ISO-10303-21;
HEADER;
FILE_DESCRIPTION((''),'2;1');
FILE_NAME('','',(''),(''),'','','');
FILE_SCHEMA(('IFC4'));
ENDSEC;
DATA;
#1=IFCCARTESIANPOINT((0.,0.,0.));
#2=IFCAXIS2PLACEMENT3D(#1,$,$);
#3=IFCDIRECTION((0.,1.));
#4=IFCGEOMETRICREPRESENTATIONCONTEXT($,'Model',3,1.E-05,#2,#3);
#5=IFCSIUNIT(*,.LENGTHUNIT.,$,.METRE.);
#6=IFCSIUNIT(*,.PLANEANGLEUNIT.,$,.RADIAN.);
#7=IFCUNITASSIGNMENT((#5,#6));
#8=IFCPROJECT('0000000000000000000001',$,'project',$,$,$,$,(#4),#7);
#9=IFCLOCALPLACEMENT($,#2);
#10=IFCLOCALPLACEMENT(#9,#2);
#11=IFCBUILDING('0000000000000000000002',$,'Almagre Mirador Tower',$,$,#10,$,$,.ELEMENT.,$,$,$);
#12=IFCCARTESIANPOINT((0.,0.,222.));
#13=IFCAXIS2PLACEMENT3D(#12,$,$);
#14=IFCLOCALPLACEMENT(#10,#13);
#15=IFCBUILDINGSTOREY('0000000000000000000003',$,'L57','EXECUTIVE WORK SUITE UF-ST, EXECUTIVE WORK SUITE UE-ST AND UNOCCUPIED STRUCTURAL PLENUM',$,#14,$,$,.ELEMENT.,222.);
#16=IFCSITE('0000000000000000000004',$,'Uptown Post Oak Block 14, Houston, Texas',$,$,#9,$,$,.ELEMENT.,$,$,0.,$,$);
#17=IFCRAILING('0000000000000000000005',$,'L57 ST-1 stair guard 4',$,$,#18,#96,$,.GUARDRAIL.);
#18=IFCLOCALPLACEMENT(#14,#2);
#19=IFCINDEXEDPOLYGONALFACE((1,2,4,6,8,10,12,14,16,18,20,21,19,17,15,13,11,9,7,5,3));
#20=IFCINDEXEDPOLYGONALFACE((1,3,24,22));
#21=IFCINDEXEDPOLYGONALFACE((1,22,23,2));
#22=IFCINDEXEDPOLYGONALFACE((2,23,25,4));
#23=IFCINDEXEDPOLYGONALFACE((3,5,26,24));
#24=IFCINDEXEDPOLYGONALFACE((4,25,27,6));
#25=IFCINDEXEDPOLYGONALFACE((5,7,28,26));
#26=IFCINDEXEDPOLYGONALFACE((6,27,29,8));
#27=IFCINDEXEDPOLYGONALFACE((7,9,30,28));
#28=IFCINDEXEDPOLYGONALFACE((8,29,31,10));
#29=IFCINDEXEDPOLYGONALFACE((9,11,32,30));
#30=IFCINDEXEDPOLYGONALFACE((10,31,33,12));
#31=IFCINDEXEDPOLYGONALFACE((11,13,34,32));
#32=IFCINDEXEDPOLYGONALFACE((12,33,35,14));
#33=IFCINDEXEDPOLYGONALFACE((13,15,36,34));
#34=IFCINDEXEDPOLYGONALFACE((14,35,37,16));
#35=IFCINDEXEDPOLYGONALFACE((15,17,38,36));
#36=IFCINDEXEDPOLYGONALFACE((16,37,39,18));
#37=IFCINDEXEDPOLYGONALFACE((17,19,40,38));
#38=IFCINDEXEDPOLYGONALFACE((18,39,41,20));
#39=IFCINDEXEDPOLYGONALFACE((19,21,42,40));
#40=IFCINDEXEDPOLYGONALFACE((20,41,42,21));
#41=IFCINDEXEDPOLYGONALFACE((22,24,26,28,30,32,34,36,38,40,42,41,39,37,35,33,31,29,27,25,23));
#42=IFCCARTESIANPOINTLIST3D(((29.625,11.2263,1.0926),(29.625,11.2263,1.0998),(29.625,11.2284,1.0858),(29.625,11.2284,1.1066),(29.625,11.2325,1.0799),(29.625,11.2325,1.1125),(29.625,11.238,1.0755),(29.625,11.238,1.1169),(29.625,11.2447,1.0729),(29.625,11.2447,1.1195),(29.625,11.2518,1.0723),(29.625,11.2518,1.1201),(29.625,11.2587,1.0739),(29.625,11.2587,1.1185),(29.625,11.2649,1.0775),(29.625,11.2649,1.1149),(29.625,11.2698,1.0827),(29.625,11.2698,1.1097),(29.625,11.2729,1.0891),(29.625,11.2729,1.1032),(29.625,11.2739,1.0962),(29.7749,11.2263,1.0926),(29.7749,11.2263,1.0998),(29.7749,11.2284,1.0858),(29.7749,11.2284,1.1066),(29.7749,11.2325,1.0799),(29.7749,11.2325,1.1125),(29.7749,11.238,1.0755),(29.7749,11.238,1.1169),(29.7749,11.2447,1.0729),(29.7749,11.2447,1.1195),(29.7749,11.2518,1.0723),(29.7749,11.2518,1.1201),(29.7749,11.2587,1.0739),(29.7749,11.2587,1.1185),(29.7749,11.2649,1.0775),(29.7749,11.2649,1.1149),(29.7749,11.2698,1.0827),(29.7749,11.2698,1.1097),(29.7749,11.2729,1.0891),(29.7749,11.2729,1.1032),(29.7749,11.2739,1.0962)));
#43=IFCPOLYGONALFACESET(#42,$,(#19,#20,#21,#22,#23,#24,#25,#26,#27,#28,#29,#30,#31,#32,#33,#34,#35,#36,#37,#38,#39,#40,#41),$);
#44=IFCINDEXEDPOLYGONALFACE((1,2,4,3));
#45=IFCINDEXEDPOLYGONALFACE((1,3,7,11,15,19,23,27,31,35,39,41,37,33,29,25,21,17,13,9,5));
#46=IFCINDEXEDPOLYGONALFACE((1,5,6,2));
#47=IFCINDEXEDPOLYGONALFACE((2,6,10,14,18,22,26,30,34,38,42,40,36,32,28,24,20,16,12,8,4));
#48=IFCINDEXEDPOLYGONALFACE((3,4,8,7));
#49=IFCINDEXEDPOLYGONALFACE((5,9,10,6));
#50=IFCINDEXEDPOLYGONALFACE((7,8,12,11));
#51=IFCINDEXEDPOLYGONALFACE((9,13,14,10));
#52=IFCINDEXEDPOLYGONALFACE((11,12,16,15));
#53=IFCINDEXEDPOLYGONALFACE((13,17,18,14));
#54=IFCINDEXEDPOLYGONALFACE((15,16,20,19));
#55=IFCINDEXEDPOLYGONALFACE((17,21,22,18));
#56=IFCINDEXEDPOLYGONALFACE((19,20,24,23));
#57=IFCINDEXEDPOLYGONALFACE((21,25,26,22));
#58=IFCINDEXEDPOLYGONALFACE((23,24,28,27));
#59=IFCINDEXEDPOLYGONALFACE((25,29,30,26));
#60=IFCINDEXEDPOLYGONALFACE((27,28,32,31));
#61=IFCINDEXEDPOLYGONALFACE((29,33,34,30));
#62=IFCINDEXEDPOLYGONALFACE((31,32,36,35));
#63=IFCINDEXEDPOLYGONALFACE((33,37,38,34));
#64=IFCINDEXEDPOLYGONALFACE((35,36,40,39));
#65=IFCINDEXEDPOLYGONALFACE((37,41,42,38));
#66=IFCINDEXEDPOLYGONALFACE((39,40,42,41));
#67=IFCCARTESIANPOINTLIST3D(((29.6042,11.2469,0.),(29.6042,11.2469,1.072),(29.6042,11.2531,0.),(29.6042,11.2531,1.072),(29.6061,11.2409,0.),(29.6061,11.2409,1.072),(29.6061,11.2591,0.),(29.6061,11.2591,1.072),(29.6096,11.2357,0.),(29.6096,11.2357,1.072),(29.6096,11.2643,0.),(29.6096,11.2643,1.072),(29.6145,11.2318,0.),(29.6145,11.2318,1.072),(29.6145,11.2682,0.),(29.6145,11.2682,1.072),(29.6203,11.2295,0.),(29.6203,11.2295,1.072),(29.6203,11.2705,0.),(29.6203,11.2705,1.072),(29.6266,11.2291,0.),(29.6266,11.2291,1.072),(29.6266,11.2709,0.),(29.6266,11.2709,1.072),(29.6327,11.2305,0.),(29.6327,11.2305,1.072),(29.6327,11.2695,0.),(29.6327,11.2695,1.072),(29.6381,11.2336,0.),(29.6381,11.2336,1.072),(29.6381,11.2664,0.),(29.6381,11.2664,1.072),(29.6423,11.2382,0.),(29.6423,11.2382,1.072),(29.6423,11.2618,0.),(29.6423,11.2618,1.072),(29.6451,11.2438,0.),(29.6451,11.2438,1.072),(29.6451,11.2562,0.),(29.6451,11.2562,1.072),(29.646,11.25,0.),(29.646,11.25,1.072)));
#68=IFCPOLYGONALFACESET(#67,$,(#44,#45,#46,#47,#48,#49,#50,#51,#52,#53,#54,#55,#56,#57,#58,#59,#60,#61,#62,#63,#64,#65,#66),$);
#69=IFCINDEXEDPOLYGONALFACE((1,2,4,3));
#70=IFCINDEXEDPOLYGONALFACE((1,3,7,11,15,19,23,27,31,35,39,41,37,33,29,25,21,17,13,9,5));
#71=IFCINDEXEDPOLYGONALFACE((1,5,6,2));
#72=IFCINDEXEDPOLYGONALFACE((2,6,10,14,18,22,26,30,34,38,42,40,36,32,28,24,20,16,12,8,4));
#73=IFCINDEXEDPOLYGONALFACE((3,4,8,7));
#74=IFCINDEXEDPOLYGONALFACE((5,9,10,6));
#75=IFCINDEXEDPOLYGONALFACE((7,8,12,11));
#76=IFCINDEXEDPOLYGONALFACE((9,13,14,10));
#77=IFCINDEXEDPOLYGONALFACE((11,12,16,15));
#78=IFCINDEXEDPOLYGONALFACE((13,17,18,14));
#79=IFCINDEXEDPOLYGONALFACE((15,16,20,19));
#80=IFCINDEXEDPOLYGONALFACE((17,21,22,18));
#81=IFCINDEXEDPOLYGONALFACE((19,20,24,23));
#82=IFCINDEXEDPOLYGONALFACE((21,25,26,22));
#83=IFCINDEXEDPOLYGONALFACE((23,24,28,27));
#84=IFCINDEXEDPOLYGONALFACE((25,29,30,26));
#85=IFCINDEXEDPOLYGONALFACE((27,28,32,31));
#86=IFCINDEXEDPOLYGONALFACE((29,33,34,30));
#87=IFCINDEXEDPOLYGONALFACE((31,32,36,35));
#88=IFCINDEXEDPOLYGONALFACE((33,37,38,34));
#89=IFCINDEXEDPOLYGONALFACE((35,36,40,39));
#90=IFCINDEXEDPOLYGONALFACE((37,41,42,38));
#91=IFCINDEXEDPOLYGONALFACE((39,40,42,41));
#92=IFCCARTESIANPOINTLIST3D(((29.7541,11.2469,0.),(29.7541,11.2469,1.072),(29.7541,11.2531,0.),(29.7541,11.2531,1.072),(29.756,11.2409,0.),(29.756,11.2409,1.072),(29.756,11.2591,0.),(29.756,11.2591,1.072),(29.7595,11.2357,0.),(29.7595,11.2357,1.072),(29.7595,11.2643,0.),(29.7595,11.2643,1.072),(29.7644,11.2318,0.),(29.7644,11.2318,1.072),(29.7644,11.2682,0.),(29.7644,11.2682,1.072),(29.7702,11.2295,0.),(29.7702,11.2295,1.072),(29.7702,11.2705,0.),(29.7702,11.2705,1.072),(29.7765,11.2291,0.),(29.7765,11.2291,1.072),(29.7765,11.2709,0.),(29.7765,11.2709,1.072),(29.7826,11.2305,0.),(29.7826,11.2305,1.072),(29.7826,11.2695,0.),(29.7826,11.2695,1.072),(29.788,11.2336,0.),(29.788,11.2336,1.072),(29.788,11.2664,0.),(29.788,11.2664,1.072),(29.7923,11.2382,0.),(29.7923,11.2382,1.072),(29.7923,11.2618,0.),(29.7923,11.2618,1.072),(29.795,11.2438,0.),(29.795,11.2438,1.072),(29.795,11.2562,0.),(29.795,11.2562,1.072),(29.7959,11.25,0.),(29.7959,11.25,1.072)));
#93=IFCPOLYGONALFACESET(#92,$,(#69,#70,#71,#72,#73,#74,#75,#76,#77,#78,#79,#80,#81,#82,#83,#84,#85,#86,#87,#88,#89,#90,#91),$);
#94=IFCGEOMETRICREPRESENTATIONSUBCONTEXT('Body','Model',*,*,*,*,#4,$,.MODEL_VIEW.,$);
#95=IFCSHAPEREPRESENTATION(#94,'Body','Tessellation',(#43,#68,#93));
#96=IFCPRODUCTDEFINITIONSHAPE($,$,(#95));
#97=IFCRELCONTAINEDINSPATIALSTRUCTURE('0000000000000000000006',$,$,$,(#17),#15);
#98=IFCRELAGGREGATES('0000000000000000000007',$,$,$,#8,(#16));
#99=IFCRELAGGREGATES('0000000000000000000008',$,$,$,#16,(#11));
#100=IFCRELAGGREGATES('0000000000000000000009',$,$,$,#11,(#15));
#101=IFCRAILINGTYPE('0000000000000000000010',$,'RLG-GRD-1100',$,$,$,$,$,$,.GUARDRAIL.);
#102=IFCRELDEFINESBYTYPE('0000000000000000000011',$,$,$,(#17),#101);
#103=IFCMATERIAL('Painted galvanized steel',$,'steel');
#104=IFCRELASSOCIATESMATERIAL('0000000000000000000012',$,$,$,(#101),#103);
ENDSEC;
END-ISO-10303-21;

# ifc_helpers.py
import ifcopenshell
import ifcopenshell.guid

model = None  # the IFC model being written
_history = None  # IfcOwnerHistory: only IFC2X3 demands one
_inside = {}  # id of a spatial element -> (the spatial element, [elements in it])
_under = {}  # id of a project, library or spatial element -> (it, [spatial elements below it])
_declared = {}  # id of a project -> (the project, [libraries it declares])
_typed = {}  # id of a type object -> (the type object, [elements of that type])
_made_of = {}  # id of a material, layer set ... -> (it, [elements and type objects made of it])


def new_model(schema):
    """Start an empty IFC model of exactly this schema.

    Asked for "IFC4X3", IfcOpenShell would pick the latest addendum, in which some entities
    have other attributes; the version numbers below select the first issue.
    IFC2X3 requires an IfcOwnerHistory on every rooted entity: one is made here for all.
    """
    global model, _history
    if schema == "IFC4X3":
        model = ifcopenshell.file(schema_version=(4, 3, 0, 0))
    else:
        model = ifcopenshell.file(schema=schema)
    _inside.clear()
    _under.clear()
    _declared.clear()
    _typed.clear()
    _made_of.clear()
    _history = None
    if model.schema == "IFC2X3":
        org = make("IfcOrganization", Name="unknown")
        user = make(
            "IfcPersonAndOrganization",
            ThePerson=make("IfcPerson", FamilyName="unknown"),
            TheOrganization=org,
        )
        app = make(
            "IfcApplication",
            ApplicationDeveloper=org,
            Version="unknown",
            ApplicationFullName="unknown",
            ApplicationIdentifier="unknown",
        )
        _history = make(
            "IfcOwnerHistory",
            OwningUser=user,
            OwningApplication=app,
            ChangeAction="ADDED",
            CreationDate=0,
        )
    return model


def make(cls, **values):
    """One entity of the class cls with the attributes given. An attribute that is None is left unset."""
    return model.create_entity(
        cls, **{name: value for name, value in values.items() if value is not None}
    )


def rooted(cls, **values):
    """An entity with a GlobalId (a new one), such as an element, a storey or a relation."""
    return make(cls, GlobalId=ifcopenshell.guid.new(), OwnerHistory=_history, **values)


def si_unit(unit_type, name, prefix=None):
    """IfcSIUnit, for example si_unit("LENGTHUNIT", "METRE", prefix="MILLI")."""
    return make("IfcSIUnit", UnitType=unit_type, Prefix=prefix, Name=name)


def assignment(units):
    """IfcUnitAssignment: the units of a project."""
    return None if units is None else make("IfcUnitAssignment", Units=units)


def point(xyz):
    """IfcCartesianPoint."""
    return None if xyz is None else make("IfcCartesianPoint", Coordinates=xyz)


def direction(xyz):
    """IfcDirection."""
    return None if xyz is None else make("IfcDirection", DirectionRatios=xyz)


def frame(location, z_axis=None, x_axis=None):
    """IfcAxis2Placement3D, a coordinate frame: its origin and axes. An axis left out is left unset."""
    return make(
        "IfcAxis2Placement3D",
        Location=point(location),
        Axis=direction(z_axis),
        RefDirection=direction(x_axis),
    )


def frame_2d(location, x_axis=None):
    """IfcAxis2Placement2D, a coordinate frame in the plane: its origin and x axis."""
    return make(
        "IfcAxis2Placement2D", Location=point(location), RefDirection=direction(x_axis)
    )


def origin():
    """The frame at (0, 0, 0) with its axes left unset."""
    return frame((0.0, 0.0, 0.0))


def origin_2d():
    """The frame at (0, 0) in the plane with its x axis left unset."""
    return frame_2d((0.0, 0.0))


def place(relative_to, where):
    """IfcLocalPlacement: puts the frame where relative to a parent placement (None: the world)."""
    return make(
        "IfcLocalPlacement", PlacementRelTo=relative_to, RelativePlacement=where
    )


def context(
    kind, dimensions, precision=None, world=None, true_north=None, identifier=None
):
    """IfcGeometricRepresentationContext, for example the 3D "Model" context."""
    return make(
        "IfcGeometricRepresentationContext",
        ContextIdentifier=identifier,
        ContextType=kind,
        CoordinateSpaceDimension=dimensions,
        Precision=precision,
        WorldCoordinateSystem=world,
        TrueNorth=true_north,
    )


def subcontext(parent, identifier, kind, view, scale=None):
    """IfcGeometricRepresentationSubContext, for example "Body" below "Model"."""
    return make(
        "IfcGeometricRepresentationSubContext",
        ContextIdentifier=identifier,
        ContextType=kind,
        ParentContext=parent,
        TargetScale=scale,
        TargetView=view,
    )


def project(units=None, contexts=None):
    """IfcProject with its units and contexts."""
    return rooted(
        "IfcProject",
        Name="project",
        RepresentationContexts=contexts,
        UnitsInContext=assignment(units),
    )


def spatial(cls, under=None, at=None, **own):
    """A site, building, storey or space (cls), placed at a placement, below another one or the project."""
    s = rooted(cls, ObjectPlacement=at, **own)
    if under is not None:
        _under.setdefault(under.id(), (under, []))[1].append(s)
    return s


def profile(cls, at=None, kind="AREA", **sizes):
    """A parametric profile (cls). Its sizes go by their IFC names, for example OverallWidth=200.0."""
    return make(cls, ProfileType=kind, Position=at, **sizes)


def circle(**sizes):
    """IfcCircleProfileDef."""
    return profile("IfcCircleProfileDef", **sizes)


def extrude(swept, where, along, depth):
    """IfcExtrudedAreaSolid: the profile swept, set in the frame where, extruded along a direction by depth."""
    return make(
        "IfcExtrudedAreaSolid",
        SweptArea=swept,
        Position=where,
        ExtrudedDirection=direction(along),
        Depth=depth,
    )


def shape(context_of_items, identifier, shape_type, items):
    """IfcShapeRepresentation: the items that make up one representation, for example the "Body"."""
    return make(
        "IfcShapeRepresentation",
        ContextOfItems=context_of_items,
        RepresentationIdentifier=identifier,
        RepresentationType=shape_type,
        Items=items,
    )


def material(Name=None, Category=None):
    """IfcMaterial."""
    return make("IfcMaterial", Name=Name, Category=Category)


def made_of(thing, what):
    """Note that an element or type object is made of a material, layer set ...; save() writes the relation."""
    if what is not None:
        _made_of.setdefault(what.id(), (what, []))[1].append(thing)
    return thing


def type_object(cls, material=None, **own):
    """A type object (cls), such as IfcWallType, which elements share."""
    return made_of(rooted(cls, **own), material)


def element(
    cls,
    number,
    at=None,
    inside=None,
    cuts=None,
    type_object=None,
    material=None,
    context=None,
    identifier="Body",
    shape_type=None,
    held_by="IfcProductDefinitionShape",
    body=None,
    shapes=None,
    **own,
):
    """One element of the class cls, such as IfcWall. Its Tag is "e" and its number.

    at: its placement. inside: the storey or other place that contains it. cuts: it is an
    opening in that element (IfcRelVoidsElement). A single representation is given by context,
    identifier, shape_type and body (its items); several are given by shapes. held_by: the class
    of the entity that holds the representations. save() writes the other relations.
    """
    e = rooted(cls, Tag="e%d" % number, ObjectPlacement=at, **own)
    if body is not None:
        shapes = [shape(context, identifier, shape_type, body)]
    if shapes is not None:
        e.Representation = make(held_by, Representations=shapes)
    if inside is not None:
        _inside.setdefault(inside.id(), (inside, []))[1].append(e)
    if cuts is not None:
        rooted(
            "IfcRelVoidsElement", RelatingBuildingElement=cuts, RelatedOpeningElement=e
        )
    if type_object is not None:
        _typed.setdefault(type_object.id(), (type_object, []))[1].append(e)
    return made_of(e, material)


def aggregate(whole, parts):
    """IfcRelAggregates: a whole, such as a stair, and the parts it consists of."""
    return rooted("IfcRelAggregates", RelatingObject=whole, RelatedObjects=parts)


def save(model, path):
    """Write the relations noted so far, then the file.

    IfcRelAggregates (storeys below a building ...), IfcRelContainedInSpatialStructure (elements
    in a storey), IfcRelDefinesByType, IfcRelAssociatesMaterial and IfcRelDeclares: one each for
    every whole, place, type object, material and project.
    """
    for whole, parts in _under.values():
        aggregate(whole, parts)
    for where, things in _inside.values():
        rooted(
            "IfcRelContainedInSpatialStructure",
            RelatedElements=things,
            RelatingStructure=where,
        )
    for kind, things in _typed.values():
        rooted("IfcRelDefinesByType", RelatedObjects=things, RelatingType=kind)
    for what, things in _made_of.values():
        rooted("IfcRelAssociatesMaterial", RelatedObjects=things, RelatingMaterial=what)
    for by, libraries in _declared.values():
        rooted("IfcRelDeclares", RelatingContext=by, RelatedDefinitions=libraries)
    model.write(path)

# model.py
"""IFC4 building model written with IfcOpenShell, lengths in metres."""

from ifc_helpers import new_model, si_unit, direction, frame, origin, origin_2d, place, context, subcontext, project, spatial, circle, extrude, material, type_object, element, save


model = new_model("IFC4")

# Units and contexts
model_context = context("Model", 3, precision=1e-05, world=origin(), true_north=direction((0.0, 1.0)))
body_context = subcontext(model_context, "Body", "Model", "MODEL_VIEW")
ifc_project = project(units=[si_unit("LENGTHUNIT", "METRE"), si_unit("PLANEANGLEUNIT", "RADIAN")], contexts=[model_context])

# Site, building, storey
site_placement = place(None, origin())
site = spatial("IfcSite", under=ifc_project, at=site_placement, Name="Uptown Post Oak Block 14, Houston, Texas", CompositionType="ELEMENT", RefElevation=0.0)
building_placement = place(site_placement, origin())
building = spatial("IfcBuilding", under=site, at=building_placement, Name="Almagre Mirador Tower", CompositionType="ELEMENT")
storey_placement = place(building_placement, frame((0.0, 0.0, 222.0)))
storey = spatial("IfcBuildingStorey", under=building, at=storey_placement, Name="L57", Description="EXECUTIVE WORK SUITE UF-ST, EXECUTIVE WORK SUITE UE-ST AND UNOCCUPIED STRUCTURAL PLENUM", CompositionType="ELEMENT", Elevation=222.0)

# Railing
ifc_material_1 = material(Name="Painted galvanized steel", Category="steel")
railing_type_1 = type_object("IfcRailingType", Name="RLG-GRD-1100", PredefinedType="GUARDRAIL", material=ifc_material_1)
railing_1_placement = place(storey_placement, frame((29.625, 11.25, 0.0)))
element("IfcRailing", 1, at=railing_1_placement, inside=storey, type_object=railing_type_1, Name="L57 ST-1 stair guard 4", PredefinedType="GUARDRAIL", context=body_context, shape_type="SweptSolid", body=[
    extrude(circle(Radius=0.0239, at=origin_2d()), frame((0.0, 0.0, 1.0962), z_axis=(1.0, 0.0, 0.0), x_axis=(0.0, 1.0, 0.0)), (0.0, 0.0, 1.0), 0.1499),
    extrude(circle(Radius=0.021, at=origin_2d()), origin(), (0.0, 0.0, 1.0), 1.072),
    extrude(circle(Radius=0.021, at=origin_2d()), frame((0.1499, 0.0, 0.0)), (0.0, 0.0, 1.0), 1.072),
])

save(model, "model.ifc")
